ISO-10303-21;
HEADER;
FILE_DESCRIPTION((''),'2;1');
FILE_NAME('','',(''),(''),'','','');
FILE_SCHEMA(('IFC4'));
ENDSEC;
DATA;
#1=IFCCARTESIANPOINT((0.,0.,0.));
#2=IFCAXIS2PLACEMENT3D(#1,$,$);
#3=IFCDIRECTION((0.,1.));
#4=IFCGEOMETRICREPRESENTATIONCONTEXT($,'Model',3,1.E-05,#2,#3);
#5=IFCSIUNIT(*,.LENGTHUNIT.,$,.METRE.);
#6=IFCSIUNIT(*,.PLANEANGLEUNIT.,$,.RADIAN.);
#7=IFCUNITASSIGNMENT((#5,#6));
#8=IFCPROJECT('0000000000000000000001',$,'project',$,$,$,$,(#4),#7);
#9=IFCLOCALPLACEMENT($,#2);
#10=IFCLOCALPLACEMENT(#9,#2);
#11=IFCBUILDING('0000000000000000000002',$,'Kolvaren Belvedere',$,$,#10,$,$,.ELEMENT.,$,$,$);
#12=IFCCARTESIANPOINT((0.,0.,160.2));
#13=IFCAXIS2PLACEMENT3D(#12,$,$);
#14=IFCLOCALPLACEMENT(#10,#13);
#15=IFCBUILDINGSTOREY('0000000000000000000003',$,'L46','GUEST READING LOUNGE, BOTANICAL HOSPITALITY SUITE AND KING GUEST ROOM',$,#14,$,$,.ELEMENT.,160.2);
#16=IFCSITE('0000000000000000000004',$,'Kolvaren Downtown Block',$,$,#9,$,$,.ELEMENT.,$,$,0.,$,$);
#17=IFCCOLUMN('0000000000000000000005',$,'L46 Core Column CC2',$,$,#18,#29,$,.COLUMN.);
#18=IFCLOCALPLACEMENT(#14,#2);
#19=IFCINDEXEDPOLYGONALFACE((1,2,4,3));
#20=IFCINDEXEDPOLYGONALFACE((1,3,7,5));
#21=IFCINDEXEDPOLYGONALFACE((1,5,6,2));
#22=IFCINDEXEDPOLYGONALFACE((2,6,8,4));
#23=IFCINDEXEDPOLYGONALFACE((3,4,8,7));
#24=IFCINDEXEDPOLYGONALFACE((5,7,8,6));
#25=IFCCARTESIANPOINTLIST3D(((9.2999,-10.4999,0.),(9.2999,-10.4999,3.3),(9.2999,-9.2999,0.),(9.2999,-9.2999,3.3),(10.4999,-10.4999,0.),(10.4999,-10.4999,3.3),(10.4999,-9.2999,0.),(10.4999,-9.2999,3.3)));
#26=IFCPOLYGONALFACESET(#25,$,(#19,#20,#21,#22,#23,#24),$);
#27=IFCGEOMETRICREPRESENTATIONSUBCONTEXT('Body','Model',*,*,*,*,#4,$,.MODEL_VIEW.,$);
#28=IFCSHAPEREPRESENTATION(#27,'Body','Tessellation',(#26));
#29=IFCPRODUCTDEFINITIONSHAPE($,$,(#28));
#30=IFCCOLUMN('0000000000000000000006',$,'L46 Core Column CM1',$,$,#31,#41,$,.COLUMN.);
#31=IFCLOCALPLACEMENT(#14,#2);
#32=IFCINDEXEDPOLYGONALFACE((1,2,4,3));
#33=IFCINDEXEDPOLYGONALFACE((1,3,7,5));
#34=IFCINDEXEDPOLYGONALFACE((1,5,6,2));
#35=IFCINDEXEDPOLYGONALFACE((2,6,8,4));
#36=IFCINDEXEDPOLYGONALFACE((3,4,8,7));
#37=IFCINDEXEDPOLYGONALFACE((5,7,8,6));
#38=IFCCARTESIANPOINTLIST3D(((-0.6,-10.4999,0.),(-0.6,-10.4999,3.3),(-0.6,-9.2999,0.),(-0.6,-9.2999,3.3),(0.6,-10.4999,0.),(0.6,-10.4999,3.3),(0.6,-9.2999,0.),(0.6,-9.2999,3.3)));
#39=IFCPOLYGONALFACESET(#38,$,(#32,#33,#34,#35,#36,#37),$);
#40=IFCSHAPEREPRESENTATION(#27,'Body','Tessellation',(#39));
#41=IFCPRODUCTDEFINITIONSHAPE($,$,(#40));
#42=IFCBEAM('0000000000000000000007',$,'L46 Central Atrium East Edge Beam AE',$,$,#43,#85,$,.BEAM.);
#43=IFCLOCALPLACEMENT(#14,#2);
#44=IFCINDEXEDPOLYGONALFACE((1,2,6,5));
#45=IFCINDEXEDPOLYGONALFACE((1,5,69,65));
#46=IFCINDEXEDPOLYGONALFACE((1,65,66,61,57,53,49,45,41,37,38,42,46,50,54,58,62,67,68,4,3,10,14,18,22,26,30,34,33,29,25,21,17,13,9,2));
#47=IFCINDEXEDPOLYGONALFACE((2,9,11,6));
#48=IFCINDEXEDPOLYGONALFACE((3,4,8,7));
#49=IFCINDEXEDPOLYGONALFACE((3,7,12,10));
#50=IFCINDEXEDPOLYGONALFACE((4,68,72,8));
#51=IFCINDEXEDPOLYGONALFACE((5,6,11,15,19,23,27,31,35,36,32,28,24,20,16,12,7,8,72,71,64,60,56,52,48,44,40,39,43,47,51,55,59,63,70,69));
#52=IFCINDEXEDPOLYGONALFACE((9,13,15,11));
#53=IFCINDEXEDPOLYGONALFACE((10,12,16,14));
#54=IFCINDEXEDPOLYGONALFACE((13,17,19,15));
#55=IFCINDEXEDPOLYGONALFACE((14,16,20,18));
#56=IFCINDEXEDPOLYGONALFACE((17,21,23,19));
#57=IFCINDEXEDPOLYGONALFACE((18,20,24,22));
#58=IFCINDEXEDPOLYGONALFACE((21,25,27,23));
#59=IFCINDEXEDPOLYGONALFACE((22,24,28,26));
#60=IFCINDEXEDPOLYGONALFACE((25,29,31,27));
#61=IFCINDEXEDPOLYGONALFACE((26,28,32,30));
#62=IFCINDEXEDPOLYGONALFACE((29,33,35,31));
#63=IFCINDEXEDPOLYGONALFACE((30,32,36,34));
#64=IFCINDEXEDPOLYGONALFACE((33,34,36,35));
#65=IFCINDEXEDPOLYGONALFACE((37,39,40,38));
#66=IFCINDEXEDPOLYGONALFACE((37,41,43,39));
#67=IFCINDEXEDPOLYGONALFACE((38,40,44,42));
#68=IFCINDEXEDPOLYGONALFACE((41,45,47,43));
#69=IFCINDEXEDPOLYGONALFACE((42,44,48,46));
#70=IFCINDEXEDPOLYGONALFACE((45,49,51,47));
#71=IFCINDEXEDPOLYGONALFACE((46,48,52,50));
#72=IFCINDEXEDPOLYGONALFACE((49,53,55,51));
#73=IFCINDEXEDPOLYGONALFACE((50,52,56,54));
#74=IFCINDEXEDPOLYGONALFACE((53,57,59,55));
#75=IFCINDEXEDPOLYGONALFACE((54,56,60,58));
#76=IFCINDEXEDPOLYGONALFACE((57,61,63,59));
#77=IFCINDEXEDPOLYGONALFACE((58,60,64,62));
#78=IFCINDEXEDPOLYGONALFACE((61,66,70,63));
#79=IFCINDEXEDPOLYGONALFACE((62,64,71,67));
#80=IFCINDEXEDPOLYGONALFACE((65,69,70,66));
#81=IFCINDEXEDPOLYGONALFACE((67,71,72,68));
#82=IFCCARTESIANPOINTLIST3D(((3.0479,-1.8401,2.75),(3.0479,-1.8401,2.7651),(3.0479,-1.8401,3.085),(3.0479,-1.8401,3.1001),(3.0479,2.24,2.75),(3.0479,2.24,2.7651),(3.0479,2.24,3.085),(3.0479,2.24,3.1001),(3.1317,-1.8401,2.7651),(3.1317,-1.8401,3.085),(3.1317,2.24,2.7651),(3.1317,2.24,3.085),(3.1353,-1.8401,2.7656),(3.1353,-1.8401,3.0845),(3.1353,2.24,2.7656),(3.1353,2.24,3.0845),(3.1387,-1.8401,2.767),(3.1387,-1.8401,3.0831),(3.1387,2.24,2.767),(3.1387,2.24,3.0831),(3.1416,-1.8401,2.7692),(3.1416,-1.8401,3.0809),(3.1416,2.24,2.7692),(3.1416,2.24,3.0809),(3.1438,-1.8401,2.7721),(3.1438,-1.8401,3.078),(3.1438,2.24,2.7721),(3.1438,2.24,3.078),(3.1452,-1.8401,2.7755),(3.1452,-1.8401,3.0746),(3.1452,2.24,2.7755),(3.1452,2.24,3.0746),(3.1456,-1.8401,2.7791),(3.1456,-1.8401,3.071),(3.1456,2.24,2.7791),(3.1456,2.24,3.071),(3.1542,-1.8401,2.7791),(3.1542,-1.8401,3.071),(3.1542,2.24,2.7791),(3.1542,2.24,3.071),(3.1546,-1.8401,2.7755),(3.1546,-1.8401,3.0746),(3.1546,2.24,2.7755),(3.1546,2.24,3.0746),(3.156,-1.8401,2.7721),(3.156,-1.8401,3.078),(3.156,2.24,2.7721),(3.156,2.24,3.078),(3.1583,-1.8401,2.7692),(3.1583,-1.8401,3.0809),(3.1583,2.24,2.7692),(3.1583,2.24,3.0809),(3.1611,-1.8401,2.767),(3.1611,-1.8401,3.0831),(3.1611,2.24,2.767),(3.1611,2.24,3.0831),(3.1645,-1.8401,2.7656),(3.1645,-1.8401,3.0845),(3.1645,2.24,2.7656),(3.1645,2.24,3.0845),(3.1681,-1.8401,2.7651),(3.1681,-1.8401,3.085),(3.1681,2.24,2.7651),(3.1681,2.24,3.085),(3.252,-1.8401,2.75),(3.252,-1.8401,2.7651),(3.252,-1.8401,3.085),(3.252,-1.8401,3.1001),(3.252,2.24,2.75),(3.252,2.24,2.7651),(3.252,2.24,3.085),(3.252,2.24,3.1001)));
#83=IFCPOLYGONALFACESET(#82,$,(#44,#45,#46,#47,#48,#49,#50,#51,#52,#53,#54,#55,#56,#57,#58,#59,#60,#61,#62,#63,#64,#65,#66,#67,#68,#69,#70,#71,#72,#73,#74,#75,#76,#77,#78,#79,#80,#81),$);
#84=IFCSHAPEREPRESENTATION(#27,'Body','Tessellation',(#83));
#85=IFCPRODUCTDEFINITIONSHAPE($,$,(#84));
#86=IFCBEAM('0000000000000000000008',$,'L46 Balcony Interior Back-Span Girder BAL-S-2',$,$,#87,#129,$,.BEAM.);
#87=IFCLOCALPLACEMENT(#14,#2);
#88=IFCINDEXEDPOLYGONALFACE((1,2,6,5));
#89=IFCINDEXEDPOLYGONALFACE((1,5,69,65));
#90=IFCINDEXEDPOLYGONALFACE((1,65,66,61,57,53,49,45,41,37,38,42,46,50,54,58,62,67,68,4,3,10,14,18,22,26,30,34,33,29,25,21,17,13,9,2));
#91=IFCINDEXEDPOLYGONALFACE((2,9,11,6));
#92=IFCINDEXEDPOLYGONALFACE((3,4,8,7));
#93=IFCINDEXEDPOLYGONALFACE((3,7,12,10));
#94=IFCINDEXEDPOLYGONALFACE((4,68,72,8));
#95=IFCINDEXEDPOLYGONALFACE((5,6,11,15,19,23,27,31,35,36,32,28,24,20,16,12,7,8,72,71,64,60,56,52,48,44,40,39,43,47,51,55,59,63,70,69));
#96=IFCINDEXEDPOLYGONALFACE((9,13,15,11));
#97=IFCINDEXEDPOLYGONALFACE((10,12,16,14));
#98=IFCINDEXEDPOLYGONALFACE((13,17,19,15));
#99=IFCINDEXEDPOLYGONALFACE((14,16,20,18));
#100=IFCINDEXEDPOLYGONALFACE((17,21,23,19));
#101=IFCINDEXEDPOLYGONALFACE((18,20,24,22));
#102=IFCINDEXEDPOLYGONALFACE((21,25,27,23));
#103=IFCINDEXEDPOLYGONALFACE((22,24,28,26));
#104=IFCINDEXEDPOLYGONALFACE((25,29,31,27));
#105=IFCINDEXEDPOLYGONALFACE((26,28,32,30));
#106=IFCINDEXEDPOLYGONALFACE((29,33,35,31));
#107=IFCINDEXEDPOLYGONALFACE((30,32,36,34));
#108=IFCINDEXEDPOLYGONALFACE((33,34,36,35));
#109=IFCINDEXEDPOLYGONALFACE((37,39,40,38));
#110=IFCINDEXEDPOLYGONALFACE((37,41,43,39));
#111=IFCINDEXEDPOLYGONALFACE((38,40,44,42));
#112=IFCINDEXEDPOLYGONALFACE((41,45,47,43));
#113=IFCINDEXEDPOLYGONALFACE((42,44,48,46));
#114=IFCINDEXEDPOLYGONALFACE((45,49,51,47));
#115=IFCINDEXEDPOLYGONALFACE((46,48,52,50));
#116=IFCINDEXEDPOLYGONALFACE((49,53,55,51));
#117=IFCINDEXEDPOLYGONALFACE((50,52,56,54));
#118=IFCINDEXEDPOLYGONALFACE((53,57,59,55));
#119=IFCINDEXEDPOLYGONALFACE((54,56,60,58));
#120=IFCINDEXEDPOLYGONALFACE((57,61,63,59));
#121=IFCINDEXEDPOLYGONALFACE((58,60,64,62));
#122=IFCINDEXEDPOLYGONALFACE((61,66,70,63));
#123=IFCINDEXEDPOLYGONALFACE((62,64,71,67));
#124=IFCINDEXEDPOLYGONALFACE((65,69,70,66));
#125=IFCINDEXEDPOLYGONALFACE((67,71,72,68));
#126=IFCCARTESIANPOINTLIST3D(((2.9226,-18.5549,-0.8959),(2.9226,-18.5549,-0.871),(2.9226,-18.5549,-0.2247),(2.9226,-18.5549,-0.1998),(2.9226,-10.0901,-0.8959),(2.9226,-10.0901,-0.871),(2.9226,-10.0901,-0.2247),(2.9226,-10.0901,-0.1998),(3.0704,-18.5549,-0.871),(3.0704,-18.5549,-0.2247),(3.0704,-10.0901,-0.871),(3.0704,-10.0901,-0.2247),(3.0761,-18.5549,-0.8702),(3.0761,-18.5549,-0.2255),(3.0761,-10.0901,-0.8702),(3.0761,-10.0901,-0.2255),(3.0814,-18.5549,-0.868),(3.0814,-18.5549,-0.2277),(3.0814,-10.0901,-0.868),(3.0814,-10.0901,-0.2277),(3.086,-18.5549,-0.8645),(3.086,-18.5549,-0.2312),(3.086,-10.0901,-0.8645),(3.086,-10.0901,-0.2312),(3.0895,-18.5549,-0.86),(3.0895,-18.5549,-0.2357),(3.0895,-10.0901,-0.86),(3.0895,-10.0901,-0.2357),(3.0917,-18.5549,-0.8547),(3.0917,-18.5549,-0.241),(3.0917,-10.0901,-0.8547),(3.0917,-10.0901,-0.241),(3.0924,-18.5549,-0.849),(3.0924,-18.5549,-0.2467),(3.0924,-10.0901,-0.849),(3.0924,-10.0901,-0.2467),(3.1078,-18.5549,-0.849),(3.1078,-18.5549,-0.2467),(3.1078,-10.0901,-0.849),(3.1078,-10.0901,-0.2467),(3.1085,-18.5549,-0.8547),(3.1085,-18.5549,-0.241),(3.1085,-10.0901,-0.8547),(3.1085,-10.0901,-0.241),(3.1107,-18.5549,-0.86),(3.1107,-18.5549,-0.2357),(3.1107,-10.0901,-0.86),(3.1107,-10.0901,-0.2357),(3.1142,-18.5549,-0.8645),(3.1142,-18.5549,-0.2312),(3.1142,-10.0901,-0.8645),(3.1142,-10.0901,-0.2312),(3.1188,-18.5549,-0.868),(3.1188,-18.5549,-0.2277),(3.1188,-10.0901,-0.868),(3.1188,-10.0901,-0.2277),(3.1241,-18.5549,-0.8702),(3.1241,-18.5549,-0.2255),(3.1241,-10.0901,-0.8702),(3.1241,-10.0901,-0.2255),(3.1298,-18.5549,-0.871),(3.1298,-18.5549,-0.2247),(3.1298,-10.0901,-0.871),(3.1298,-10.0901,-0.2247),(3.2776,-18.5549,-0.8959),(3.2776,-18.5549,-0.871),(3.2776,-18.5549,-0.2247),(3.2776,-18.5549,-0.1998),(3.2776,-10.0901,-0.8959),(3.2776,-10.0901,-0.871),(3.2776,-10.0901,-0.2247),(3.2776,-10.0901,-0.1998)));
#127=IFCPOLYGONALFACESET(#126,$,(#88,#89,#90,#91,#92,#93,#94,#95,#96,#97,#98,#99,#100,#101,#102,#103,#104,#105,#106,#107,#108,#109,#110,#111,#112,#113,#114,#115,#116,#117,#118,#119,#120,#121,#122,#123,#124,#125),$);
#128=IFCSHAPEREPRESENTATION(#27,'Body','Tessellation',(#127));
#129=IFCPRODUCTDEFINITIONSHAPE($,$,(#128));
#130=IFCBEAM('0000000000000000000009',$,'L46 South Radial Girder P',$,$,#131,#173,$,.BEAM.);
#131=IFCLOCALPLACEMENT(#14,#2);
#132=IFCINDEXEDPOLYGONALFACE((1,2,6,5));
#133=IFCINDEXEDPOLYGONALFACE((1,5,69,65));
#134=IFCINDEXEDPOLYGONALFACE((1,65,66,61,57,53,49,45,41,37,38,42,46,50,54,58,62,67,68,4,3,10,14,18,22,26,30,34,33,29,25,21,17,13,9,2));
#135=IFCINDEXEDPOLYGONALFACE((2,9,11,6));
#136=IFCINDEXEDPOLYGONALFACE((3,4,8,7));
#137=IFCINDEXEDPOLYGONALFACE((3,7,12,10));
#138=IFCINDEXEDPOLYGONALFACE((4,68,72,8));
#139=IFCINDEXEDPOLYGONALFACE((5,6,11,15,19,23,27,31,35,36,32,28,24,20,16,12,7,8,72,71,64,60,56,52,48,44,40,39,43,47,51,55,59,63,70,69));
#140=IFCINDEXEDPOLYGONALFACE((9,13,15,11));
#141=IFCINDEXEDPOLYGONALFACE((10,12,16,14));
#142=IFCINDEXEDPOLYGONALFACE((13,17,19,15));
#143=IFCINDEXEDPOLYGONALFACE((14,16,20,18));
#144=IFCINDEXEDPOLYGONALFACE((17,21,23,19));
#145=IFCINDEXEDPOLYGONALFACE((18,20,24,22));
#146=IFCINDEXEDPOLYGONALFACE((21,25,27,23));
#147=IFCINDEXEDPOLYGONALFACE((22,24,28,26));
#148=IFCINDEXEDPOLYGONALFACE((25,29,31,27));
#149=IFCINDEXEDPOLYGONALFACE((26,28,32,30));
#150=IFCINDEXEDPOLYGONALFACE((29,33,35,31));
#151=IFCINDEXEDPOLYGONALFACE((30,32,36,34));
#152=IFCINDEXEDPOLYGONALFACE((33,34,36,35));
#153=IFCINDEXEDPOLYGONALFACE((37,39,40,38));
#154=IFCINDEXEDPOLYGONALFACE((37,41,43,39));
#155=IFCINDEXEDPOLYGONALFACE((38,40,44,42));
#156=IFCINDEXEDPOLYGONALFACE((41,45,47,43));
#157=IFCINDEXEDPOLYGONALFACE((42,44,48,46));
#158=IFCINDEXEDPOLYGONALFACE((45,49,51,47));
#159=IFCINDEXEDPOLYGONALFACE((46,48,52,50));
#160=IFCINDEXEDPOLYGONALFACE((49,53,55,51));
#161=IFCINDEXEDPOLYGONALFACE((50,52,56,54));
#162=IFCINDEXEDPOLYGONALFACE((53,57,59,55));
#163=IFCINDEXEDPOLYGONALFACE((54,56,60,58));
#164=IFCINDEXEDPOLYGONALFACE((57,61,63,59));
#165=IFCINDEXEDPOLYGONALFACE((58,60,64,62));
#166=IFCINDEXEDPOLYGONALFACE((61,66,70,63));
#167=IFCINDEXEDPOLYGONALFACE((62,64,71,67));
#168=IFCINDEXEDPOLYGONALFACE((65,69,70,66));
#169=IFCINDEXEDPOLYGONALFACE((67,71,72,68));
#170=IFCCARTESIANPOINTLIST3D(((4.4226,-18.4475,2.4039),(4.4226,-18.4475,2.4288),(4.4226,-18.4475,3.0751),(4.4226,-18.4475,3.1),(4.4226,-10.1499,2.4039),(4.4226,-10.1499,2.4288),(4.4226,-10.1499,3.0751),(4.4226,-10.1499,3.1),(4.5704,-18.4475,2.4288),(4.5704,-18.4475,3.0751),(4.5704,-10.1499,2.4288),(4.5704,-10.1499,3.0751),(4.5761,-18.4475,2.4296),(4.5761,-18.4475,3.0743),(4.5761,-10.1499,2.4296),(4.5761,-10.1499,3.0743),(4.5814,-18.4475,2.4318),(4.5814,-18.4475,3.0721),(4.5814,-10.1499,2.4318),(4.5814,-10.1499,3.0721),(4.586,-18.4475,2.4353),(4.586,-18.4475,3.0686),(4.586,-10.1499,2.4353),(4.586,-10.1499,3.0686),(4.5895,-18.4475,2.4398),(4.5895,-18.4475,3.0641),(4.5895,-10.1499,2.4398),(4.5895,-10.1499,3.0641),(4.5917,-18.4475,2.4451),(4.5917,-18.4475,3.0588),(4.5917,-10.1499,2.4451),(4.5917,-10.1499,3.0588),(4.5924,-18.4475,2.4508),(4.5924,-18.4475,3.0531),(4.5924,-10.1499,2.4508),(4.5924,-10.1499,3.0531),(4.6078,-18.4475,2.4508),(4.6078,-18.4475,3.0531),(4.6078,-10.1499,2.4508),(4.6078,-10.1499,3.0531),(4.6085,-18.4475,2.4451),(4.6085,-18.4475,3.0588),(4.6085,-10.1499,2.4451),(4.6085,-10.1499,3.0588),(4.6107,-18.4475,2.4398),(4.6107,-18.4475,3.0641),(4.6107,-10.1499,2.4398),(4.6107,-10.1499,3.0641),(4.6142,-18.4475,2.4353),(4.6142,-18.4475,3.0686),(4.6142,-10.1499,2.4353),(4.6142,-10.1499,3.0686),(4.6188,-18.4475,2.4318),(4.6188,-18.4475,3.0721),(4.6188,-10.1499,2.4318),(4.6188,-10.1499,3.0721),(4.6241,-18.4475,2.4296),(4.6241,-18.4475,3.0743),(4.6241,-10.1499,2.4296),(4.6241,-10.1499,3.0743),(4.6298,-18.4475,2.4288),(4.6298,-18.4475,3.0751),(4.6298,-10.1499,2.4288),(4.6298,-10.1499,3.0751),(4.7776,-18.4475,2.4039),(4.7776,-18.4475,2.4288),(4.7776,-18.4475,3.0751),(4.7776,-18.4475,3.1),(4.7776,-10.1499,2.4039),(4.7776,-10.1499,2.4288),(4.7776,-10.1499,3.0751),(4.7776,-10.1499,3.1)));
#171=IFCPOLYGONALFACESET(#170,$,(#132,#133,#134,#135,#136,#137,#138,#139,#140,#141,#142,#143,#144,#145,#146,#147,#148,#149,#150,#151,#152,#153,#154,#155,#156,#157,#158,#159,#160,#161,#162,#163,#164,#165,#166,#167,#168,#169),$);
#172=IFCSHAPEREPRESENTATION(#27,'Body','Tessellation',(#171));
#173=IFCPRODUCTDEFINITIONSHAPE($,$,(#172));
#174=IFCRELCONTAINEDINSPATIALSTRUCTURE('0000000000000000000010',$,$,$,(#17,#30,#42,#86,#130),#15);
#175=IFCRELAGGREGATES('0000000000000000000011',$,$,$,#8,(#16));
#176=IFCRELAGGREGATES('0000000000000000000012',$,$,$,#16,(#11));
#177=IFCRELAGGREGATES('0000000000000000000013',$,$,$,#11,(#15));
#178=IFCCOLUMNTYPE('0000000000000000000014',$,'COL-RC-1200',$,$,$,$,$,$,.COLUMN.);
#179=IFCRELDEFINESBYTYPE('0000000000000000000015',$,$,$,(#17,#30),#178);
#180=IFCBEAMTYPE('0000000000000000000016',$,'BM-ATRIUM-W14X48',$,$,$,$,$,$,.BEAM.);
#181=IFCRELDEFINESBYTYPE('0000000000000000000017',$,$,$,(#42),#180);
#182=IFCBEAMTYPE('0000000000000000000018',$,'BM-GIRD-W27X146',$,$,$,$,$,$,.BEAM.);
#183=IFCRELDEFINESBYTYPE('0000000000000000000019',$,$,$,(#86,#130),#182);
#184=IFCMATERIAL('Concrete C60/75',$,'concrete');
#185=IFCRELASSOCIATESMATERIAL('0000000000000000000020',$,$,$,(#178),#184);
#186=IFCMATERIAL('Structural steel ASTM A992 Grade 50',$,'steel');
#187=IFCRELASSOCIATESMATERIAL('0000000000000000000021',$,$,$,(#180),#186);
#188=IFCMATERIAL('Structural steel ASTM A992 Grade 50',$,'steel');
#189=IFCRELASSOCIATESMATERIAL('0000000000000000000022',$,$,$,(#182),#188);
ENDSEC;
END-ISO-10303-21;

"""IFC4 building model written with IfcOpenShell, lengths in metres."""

from ifc_helpers import new_model, si_unit, direction, frame, origin, origin_2d, place, context, subcontext, project, spatial, rectangle, i_section, extrude, material, material_profile, profile_set, type_object, element, save


model = new_model("IFC4")

# Units and contexts
model_context = context("Model", 3, precision=1e-05, world=origin(), true_north=direction((0.0, 1.0)))
body_context = subcontext(model_context, "Body", "Model", "MODEL_VIEW")
ifc_project = project(units=[si_unit("LENGTHUNIT", "METRE"), si_unit("PLANEANGLEUNIT", "RADIAN")], contexts=[model_context])

# Site, building, storey
site_placement = place(None, origin())
site = spatial("IfcSite", under=ifc_project, at=site_placement, Name="Kolvaren Downtown Block", CompositionType="ELEMENT", RefElevation=0.0)
building_placement = place(site_placement, origin())
building = spatial("IfcBuilding", under=site, at=building_placement, Name="Kolvaren Belvedere", CompositionType="ELEMENT")
storey_placement = place(building_placement, frame((0.0, 0.0, 160.2)))
storey = spatial("IfcBuildingStorey", under=building, at=storey_placement, Name="L46", Description="GUEST READING LOUNGE, BOTANICAL HOSPITALITY SUITE AND KING GUEST ROOM", CompositionType="ELEMENT", Elevation=160.2)

# Columns
ifc_material_1 = material(Name="Concrete C60/75", Category="concrete")
ifc_material_profile_1 = material_profile(ifc_material_1, rectangle(XDim=1.2, YDim=1.2, at=origin_2d()), Name="RC 1200X1200")
ifc_profile_set_1 = profile_set([ifc_material_profile_1], Name="Concrete C60/75")
column_type = type_object("IfcColumnType", Name="COL-RC-1200", PredefinedType="COLUMN", material=ifc_profile_set_1)
for number, where, z_axis, x_axis, name in (
    (1, (9.8999, -9.8999, 0.0), (0.0, 0.0, 1.0), (1.0, 0.0, 0.0), "L46 Core Column CC2"),
    (2, (0.0, -9.8999, 0.0), (0.0, 0.0, 1.0), (1.0, 0.0, 0.0), "L46 Core Column CM1"),
):
    element("IfcColumn", number, at=place(storey_placement, frame(where, z_axis=z_axis, x_axis=x_axis)), inside=storey, type_object=column_type, Name=name, PredefinedType="COLUMN", context=body_context, shape_type="SweptSolid", body=[
        extrude(rectangle(XDim=1.2, YDim=1.2, at=origin_2d()), origin(), (0.0, 0.0, 1.0), 3.3),
    ])

# Beams
ifc_material_2 = material(Name="Structural steel ASTM A992 Grade 50", Category="steel")
ifc_material_profile_2 = material_profile(ifc_material_2, i_section(OverallWidth=0.2041, OverallDepth=0.3501, WebThickness=0.0085, FlangeThickness=0.0151, FilletRadius=0.0139, at=origin_2d()), Name="W14X48")
ifc_profile_set_2 = profile_set([ifc_material_profile_2], Name="Structural steel ASTM A992 Grade 50")
beam_type_1 = type_object("IfcBeamType", Name="BM-ATRIUM-W14X48", PredefinedType="BEAM", material=ifc_profile_set_2)
beam_1_placement = place(storey_placement, frame((3.1499, -1.8401, 2.925), z_axis=(0.0, 1.0, 0.0), x_axis=(-1.0, 0.0, 0.0)))
element("IfcBeam", 3, at=beam_1_placement, inside=storey, type_object=beam_type_1, Name="L46 Central Atrium East Edge Beam AE", PredefinedType="BEAM", context=body_context, shape_type="SweptSolid", body=[
    extrude(i_section(OverallWidth=0.2041, OverallDepth=0.3501, WebThickness=0.0085, FlangeThickness=0.0151, FilletRadius=0.0139, at=origin_2d()), origin(), (0.0, 0.0, 1.0), 4.0801),
])
ifc_material_3 = material(Name="Structural steel ASTM A992 Grade 50", Category="steel")
ifc_material_profile_3 = material_profile(ifc_material_3, i_section(OverallWidth=0.355, OverallDepth=0.696, WebThickness=0.0154, FlangeThickness=0.0249, FilletRadius=0.022, at=origin_2d()), Name="W27X146")
ifc_profile_set_3 = profile_set([ifc_material_profile_3], Name="Structural steel ASTM A992 Grade 50")
beam_type_2 = type_object("IfcBeamType", Name="BM-GIRD-W27X146", PredefinedType="BEAM", material=ifc_profile_set_3)
beam_2_placement = place(storey_placement, frame((3.1001, -10.0901, -0.5479), z_axis=(0.0, -1.0, 0.0), x_axis=(1.0, 0.0, 0.0)))
element("IfcBeam", 4, at=beam_2_placement, inside=storey, type_object=beam_type_2, Name="L46 Balcony Interior Back-Span Girder BAL-S-2", PredefinedType="BEAM", context=body_context, shape_type="SweptSolid", body=[
    extrude(i_section(OverallWidth=0.355, OverallDepth=0.696, WebThickness=0.0154, FlangeThickness=0.0249, FilletRadius=0.022, at=origin_2d()), origin(), (0.0, 0.0, 1.0), 8.4648),
])
beam_3_placement = place(storey_placement, frame((4.6001, -10.1499, 2.752), z_axis=(0.0, -1.0, 0.0), x_axis=(1.0, 0.0, 0.0)))
element("IfcBeam", 5, at=beam_3_placement, inside=storey, type_object=beam_type_2, Name="L46 South Radial Girder P", PredefinedType="BEAM", context=body_context, shape_type="SweptSolid", body=[
    extrude(i_section(OverallWidth=0.355, OverallDepth=0.696, WebThickness=0.0154, FlangeThickness=0.0249, FilletRadius=0.022, at=origin_2d()), origin(), (0.0, 0.0, 1.0), 8.2976),
])

save(model, "model.ifc")
